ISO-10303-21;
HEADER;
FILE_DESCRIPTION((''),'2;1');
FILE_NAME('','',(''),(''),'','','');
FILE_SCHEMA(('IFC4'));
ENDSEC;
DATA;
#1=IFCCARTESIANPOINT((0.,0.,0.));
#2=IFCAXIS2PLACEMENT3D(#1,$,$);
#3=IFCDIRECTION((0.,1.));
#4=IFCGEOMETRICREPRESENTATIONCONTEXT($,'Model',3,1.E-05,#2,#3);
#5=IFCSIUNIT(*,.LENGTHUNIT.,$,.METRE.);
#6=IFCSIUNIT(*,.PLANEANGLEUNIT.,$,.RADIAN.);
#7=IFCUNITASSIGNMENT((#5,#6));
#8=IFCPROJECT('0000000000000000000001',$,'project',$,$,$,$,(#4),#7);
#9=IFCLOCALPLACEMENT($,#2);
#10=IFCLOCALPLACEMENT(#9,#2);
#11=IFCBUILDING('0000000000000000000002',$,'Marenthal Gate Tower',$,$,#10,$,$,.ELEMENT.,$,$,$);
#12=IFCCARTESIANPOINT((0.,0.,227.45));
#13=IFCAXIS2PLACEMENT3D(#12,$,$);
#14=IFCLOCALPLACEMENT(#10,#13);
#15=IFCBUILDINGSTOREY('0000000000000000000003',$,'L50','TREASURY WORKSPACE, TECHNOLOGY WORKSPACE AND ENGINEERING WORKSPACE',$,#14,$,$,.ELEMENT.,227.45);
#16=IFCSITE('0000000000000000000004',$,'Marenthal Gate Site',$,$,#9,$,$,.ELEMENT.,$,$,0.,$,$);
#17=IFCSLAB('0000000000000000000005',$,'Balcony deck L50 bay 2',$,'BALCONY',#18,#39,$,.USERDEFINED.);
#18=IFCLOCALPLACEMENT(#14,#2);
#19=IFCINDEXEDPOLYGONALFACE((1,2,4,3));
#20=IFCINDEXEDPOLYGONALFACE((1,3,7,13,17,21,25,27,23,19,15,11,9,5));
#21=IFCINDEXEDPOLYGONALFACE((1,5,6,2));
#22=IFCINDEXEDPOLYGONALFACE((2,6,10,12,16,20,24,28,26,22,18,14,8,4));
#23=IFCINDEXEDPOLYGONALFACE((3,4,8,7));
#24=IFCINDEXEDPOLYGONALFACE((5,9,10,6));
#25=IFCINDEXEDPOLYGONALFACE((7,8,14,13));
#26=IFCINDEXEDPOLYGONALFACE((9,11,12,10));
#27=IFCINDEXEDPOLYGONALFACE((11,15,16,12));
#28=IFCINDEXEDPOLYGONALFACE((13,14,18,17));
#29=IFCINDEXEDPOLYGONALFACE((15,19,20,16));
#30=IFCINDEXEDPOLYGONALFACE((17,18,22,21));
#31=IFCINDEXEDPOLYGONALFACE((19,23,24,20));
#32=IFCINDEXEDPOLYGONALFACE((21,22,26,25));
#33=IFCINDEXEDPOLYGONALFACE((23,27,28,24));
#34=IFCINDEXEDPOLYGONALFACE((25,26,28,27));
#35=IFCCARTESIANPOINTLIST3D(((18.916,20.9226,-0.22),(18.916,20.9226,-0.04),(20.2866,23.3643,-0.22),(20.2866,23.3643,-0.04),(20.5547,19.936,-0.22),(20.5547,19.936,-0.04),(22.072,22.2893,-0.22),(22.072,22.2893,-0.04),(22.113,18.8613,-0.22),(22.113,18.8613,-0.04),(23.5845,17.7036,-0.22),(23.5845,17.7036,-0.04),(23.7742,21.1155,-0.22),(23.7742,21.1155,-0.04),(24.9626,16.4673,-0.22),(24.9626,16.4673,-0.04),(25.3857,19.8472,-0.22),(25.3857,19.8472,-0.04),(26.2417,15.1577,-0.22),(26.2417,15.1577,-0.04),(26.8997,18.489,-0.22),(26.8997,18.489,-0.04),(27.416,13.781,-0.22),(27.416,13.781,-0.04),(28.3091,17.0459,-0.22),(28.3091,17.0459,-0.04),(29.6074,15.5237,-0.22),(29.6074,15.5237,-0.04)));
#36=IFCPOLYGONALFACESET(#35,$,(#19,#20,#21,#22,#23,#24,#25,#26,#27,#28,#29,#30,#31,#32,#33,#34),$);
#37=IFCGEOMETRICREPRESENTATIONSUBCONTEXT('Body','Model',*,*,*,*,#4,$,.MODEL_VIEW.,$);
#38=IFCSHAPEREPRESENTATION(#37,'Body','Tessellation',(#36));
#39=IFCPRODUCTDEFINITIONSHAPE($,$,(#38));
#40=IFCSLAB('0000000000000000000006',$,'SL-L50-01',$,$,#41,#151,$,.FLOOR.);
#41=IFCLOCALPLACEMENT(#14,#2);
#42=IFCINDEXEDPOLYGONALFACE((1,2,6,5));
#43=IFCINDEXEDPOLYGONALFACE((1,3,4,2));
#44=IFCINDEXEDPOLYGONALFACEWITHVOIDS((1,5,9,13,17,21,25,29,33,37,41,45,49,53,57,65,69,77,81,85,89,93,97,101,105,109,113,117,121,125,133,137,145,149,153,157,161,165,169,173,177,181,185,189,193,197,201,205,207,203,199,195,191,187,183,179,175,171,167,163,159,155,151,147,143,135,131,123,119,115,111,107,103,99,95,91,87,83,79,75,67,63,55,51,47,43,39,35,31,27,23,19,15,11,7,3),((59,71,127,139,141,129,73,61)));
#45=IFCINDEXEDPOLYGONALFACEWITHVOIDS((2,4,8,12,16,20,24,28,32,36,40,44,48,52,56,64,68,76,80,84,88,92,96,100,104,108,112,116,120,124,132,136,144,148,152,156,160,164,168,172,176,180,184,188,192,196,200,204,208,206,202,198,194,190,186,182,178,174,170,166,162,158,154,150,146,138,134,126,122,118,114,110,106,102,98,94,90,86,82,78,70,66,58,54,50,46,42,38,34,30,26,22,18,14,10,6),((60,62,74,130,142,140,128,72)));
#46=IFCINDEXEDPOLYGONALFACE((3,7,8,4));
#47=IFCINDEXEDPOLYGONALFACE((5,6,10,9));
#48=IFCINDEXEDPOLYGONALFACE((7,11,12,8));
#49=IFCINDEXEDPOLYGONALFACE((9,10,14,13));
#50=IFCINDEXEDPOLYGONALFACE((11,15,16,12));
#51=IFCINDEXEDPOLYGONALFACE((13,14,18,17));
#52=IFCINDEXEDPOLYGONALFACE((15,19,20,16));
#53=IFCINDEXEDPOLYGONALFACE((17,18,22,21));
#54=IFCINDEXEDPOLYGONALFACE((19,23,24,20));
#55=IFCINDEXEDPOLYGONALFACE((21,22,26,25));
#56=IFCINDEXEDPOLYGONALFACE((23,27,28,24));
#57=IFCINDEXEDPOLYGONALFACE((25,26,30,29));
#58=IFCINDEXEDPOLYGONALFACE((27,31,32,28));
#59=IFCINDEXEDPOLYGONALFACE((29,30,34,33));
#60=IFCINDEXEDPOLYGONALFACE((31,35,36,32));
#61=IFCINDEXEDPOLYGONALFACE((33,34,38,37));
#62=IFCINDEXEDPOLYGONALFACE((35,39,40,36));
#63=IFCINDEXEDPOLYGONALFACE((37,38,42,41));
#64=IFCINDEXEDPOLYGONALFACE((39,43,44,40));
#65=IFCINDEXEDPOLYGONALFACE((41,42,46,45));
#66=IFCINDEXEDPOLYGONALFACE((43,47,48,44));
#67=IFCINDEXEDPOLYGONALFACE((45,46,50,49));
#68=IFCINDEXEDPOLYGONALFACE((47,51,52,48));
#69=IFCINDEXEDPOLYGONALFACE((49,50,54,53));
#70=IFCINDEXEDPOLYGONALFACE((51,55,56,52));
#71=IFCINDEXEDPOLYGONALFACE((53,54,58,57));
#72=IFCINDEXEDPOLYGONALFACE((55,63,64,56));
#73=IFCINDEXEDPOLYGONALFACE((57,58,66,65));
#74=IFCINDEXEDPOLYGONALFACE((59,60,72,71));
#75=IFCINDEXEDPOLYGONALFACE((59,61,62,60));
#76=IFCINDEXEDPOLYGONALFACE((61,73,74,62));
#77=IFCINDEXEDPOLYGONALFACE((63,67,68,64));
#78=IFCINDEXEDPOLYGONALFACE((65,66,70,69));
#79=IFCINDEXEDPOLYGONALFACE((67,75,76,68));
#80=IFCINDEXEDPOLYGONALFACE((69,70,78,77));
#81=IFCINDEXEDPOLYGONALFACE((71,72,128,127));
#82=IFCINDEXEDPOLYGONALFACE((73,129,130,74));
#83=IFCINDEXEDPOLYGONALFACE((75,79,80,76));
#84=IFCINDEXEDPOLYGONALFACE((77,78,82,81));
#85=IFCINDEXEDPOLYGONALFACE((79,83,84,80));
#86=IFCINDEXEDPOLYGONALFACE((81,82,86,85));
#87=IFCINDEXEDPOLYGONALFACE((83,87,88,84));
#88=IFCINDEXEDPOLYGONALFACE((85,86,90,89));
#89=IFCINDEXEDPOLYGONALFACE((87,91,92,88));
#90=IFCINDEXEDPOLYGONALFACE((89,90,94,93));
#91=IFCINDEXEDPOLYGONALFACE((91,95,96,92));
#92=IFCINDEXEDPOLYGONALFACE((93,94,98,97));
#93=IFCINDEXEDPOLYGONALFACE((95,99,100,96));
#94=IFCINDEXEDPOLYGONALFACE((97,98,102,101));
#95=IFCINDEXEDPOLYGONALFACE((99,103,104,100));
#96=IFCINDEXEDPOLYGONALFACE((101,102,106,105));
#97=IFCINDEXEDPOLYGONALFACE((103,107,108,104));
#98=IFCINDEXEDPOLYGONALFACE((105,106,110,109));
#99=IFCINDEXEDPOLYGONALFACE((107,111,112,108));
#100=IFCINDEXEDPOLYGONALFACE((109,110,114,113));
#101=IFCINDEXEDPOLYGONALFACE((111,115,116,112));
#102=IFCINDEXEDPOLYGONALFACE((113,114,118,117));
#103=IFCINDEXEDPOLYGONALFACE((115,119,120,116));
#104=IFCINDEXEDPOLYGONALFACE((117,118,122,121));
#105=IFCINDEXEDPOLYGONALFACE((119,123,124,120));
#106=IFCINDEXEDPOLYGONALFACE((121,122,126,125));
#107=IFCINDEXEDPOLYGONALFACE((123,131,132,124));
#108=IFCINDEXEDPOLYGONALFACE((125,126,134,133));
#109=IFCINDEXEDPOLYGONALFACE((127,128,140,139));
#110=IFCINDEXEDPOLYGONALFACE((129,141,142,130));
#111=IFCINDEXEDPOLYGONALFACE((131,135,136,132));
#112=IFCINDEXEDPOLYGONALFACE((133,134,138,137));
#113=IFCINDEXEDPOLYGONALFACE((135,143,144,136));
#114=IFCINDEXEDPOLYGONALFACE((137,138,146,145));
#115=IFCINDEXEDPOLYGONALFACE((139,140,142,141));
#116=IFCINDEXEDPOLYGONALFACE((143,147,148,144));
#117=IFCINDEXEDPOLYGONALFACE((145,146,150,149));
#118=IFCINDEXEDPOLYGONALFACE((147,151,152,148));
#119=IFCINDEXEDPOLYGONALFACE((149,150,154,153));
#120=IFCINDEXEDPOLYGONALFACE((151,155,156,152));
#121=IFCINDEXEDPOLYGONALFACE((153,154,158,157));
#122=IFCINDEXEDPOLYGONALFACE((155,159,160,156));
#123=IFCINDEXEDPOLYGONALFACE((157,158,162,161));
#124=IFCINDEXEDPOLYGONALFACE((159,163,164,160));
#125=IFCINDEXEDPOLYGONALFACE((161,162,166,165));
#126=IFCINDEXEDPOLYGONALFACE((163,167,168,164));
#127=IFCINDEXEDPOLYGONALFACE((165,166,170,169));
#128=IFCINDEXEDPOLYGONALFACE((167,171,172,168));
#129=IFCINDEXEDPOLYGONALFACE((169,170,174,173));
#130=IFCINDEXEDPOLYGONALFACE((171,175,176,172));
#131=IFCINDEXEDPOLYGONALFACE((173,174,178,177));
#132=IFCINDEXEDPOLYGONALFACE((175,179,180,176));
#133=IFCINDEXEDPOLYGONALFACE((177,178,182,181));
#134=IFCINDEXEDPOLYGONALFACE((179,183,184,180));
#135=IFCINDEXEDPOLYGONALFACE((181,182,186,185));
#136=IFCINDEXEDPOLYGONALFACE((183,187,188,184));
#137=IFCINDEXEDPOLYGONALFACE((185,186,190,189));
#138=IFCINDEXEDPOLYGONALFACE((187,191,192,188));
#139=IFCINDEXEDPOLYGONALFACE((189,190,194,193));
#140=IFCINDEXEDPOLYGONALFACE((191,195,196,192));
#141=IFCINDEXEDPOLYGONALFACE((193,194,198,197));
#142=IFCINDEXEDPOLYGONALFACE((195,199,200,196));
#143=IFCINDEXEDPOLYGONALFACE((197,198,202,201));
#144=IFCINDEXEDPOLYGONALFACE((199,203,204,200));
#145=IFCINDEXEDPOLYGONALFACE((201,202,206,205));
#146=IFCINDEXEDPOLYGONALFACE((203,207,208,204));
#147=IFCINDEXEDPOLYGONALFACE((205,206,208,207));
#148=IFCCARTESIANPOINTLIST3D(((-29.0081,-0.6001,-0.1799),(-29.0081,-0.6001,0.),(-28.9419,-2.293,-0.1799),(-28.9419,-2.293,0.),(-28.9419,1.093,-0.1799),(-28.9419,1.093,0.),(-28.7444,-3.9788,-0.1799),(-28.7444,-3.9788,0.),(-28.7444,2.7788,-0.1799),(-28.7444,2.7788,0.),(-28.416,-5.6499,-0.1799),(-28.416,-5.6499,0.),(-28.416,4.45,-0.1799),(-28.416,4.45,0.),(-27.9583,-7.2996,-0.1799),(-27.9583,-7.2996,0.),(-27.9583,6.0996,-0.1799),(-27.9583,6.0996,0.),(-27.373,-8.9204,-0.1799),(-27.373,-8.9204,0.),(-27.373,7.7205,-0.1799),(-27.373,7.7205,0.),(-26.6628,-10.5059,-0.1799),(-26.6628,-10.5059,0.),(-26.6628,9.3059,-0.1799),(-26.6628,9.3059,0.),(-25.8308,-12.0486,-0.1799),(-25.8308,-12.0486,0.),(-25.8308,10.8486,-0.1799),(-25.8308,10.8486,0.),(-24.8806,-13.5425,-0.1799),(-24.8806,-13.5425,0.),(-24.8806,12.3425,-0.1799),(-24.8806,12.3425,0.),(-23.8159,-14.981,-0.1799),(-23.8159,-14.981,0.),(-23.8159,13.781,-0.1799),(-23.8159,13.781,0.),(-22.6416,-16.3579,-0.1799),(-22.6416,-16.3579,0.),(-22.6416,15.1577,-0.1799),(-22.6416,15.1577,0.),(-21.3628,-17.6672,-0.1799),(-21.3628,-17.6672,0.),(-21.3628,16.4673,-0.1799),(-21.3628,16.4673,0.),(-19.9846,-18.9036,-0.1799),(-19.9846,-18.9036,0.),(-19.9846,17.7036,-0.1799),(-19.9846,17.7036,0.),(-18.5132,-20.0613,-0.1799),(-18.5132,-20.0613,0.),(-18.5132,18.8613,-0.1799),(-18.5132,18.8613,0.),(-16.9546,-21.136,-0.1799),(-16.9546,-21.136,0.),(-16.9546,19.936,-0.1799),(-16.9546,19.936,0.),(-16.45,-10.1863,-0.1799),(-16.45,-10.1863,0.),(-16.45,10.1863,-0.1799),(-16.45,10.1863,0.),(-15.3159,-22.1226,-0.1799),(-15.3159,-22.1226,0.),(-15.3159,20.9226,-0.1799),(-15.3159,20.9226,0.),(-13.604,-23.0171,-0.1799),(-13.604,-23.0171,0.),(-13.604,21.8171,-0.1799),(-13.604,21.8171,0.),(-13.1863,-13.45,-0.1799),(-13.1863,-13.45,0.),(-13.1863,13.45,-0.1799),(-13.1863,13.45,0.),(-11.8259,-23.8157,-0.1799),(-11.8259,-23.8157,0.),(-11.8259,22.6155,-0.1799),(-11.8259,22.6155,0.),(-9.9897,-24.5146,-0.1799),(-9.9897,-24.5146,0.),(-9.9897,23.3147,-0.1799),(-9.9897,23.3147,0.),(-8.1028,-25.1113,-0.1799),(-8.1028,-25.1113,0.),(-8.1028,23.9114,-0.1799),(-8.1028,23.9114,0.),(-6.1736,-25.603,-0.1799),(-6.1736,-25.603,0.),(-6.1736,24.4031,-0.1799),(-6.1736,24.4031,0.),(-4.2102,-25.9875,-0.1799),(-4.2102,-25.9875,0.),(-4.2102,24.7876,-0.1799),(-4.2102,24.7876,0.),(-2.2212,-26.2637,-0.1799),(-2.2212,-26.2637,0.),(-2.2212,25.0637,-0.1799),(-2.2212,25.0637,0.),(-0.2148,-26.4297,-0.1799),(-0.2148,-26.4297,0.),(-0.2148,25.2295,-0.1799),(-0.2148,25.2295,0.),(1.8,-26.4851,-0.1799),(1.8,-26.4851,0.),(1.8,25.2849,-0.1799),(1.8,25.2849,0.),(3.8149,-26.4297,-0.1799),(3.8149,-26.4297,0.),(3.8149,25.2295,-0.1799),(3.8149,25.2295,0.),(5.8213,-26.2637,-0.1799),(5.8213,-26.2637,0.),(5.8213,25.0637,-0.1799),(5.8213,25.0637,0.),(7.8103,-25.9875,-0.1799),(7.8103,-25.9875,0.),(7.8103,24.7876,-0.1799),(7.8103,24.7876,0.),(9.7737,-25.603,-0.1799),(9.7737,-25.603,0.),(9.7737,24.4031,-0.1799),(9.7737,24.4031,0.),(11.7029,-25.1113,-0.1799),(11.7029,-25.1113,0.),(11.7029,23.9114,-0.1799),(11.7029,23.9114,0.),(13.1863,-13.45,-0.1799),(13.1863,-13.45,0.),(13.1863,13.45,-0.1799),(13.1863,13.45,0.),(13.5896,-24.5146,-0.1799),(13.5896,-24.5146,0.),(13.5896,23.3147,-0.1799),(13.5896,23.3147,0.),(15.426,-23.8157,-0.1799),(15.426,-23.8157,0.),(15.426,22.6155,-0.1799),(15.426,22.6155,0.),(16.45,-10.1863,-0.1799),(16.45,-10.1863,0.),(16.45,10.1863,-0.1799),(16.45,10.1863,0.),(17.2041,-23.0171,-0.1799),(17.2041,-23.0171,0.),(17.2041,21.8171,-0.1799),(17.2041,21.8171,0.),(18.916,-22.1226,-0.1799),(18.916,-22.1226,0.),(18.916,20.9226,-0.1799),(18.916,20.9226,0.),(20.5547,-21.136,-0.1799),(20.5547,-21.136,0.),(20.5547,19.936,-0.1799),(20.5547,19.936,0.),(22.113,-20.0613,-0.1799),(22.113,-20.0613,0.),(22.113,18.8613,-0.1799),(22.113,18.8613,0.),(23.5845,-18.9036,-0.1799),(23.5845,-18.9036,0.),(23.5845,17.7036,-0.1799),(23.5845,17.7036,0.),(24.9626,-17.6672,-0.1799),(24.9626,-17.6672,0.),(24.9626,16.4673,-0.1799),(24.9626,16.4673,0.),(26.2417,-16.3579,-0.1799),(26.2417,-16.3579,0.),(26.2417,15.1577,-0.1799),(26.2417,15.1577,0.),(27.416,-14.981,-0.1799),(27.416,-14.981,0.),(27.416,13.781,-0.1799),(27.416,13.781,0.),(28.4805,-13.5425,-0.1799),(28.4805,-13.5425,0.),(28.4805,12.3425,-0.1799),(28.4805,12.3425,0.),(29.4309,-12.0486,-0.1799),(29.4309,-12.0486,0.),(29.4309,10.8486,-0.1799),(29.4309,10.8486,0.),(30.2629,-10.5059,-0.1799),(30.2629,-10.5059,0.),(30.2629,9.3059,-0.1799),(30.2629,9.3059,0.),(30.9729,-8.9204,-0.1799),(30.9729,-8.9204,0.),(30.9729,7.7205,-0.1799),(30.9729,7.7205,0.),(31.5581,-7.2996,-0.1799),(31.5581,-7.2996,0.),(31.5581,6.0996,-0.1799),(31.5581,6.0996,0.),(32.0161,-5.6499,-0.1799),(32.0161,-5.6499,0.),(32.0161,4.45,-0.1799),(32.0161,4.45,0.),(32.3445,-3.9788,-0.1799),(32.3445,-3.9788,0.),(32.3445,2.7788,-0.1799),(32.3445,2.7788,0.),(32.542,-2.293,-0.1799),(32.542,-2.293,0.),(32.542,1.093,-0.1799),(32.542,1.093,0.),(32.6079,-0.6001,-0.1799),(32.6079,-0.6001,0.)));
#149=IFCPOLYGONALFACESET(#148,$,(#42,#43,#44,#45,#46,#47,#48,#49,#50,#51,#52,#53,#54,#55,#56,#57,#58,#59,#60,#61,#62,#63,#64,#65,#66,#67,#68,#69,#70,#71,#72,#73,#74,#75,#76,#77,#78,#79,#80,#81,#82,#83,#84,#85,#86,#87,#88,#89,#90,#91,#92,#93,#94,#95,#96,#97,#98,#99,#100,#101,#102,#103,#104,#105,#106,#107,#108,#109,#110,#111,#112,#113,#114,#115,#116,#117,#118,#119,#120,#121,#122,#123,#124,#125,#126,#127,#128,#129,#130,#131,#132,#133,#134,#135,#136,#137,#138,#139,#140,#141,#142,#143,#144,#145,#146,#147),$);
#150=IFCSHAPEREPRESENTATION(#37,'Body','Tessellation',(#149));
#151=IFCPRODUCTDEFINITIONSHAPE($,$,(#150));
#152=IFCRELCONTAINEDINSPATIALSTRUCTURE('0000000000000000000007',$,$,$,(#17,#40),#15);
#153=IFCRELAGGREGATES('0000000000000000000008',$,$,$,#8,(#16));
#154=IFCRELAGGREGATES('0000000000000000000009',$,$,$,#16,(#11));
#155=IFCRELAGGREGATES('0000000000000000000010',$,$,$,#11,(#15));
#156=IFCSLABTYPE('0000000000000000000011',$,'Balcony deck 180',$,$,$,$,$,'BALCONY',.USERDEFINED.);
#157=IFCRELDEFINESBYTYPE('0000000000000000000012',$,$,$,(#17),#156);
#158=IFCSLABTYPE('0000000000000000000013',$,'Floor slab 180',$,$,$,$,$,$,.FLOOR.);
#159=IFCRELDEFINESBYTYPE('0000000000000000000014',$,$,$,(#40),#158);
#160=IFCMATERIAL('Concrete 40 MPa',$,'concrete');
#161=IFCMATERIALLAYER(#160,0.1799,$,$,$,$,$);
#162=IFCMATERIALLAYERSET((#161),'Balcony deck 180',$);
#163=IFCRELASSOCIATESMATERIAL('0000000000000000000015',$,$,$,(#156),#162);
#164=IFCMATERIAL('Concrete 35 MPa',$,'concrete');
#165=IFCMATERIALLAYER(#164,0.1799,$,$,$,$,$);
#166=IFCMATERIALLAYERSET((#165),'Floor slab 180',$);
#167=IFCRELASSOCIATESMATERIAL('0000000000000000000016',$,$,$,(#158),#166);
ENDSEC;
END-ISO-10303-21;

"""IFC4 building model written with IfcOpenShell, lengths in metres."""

from ifc_helpers import new_model, si_unit, direction, frame, origin, place, context, subcontext, project, spatial, polyline, outline, extrude, material, layer, layer_set, type_object, element, save


model = new_model("IFC4")

# Units and contexts
model_context = context("Model", 3, precision=1e-05, world=origin(), true_north=direction((0.0, 1.0)))
body_context = subcontext(model_context, "Body", "Model", "MODEL_VIEW")
ifc_project = project(units=[si_unit("LENGTHUNIT", "METRE"), si_unit("PLANEANGLEUNIT", "RADIAN")], contexts=[model_context])

# Site, building, storey
site_placement = place(None, origin())
site = spatial("IfcSite", under=ifc_project, at=site_placement, Name="Marenthal Gate Site", CompositionType="ELEMENT", RefElevation=0.0)
building_placement = place(site_placement, origin())
building = spatial("IfcBuilding", under=site, at=building_placement, Name="Marenthal Gate Tower", CompositionType="ELEMENT")
storey_placement = place(building_placement, frame((0.0, 0.0, 227.45)))
storey = spatial("IfcBuildingStorey", under=building, at=storey_placement, Name="L50", Description="TREASURY WORKSPACE, TECHNOLOGY WORKSPACE AND ENGINEERING WORKSPACE", CompositionType="ELEMENT", Elevation=227.45)

# Slabs
ifc_material_1 = material(Name="Concrete 40 MPa", Category="concrete")
ifc_layer_1 = layer(ifc_material_1, 0.1799)
ifc_layer_set_1 = layer_set([ifc_layer_1], Name="Balcony deck 180")
slab_type_1 = type_object("IfcSlabType", Name="Balcony deck 180", ElementType="BALCONY", PredefinedType="USERDEFINED", material=ifc_layer_set_1)
slab_1_placement = place(storey_placement, frame((0.0, 0.0, -0.22)))
element("IfcSlab", 1, at=slab_1_placement, inside=storey, type_object=slab_type_1, Name="Balcony deck L50 bay 2", ObjectType="BALCONY", PredefinedType="USERDEFINED", context=body_context, shape_type="SweptSolid", body=[
    extrude(outline(polyline([(27.416, 13.781), (26.2417, 15.1577), (24.9626, 16.4673), (23.5845, 17.7036), (22.113, 18.8613), (20.5547, 19.936), (18.916, 20.9226), (20.2866, 23.3643), (22.072, 22.2893), (23.7742, 21.1155), (25.3857, 19.8472), (26.8997, 18.489), (28.3091, 17.0459), (29.6074, 15.5237), (27.416, 13.781)])), origin(), (0.0, 0.0, 1.0), 0.1799),
])
ifc_material_2 = material(Name="Concrete 35 MPa", Category="concrete")
ifc_layer_2 = layer(ifc_material_2, 0.1799)
ifc_layer_set_2 = layer_set([ifc_layer_2], Name="Floor slab 180")
slab_type_2 = type_object("IfcSlabType", Name="Floor slab 180", PredefinedType="FLOOR", material=ifc_layer_set_2)
slab_2_placement = place(storey_placement, frame((0.0, 0.0, -0.1799)))
element("IfcSlab", 2, at=slab_2_placement, inside=storey, type_object=slab_type_2, Name="SL-L50-01", PredefinedType="FLOOR", context=body_context, shape_type="SweptSolid", body=[
    extrude(outline(polyline([(32.6079, -0.6001), (32.542, 1.093), (32.3445, 2.7788), (32.0161, 4.45), (31.5581, 6.0996), (30.9729, 7.7205), (30.2629, 9.3059), (29.4309, 10.8486), (28.4805, 12.3425), (27.416, 13.781), (26.2417, 15.1577), (24.9626, 16.4673), (23.5845, 17.7036), (22.113, 18.8613), (20.5547, 19.936), (18.916, 20.9226), (17.2041, 21.8171), (15.426, 22.6155), (13.5896, 23.3147), (11.7029, 23.9114), (9.7737, 24.4031), (7.8103, 24.7876), (5.8213, 25.0637), (3.8149, 25.2295), (1.8, 25.2849), (-0.2148, 25.2295), (-2.2212, 25.0637), (-4.2102, 24.7876), (-6.1736, 24.4031), (-8.1028, 23.9114), (-9.9897, 23.3147), (-11.8259, 22.6155), (-13.604, 21.8171), (-15.3159, 20.9226), (-16.9546, 19.936), (-18.5132, 18.8613), (-19.9846, 17.7036), (-21.3628, 16.4673), (-22.6416, 15.1577), (-23.8159, 13.781), (-24.8806, 12.3425), (-25.8308, 10.8486), (-26.6628, 9.3059), (-27.373, 7.7205), (-27.9583, 6.0996), (-28.416, 4.45), (-28.7444, 2.7788), (-28.9419, 1.093), (-29.0081, -0.6001), (-28.9419, -2.293), (-28.7444, -3.9788), (-28.416, -5.6499), (-27.9583, -7.2996), (-27.373, -8.9204), (-26.6628, -10.5059), (-25.8308, -12.0486), (-24.8806, -13.5425), (-23.8159, -14.981), (-22.6416, -16.3579), (-21.3628, -17.6672), (-19.9846, -18.9036), (-18.5132, -20.0613), (-16.9546, -21.136), (-15.3159, -22.1226), (-13.604, -23.0171), (-11.8259, -23.8157), (-9.9897, -24.5146), (-8.1028, -25.1113), (-6.1736, -25.603), (-4.2102, -25.9875), (-2.2212, -26.2637), (-0.2148, -26.4297), (1.8, -26.4851), (3.8149, -26.4297), (5.8213, -26.2637), (7.8103, -25.9875), (9.7737, -25.603), (11.7029, -25.1113), (13.5896, -24.5146), (15.426, -23.8157), (17.2041, -23.0171), (18.916, -22.1226), (20.5547, -21.136), (22.113, -20.0613), (23.5845, -18.9036), (24.9626, -17.6672), (26.2417, -16.3579), (27.416, -14.981), (28.4805, -13.5425), (29.4309, -12.0486), (30.2629, -10.5059), (30.9729, -8.9204), (31.5581, -7.2996), (32.0161, -5.6499), (32.3445, -3.9788), (32.542, -2.293), (32.6079, -0.6001)]), holes=[polyline([(13.1863, -13.45), (16.45, -10.1863), (16.45, 10.1863), (13.1863, 13.45), (-13.1863, 13.45), (-16.45, 10.1863), (-16.45, -10.1863), (-13.1863, -13.45), (13.1863, -13.45)])]), origin(), (0.0, 0.0, 1.0), 0.1799),
])

save(model, "model.ifc")
